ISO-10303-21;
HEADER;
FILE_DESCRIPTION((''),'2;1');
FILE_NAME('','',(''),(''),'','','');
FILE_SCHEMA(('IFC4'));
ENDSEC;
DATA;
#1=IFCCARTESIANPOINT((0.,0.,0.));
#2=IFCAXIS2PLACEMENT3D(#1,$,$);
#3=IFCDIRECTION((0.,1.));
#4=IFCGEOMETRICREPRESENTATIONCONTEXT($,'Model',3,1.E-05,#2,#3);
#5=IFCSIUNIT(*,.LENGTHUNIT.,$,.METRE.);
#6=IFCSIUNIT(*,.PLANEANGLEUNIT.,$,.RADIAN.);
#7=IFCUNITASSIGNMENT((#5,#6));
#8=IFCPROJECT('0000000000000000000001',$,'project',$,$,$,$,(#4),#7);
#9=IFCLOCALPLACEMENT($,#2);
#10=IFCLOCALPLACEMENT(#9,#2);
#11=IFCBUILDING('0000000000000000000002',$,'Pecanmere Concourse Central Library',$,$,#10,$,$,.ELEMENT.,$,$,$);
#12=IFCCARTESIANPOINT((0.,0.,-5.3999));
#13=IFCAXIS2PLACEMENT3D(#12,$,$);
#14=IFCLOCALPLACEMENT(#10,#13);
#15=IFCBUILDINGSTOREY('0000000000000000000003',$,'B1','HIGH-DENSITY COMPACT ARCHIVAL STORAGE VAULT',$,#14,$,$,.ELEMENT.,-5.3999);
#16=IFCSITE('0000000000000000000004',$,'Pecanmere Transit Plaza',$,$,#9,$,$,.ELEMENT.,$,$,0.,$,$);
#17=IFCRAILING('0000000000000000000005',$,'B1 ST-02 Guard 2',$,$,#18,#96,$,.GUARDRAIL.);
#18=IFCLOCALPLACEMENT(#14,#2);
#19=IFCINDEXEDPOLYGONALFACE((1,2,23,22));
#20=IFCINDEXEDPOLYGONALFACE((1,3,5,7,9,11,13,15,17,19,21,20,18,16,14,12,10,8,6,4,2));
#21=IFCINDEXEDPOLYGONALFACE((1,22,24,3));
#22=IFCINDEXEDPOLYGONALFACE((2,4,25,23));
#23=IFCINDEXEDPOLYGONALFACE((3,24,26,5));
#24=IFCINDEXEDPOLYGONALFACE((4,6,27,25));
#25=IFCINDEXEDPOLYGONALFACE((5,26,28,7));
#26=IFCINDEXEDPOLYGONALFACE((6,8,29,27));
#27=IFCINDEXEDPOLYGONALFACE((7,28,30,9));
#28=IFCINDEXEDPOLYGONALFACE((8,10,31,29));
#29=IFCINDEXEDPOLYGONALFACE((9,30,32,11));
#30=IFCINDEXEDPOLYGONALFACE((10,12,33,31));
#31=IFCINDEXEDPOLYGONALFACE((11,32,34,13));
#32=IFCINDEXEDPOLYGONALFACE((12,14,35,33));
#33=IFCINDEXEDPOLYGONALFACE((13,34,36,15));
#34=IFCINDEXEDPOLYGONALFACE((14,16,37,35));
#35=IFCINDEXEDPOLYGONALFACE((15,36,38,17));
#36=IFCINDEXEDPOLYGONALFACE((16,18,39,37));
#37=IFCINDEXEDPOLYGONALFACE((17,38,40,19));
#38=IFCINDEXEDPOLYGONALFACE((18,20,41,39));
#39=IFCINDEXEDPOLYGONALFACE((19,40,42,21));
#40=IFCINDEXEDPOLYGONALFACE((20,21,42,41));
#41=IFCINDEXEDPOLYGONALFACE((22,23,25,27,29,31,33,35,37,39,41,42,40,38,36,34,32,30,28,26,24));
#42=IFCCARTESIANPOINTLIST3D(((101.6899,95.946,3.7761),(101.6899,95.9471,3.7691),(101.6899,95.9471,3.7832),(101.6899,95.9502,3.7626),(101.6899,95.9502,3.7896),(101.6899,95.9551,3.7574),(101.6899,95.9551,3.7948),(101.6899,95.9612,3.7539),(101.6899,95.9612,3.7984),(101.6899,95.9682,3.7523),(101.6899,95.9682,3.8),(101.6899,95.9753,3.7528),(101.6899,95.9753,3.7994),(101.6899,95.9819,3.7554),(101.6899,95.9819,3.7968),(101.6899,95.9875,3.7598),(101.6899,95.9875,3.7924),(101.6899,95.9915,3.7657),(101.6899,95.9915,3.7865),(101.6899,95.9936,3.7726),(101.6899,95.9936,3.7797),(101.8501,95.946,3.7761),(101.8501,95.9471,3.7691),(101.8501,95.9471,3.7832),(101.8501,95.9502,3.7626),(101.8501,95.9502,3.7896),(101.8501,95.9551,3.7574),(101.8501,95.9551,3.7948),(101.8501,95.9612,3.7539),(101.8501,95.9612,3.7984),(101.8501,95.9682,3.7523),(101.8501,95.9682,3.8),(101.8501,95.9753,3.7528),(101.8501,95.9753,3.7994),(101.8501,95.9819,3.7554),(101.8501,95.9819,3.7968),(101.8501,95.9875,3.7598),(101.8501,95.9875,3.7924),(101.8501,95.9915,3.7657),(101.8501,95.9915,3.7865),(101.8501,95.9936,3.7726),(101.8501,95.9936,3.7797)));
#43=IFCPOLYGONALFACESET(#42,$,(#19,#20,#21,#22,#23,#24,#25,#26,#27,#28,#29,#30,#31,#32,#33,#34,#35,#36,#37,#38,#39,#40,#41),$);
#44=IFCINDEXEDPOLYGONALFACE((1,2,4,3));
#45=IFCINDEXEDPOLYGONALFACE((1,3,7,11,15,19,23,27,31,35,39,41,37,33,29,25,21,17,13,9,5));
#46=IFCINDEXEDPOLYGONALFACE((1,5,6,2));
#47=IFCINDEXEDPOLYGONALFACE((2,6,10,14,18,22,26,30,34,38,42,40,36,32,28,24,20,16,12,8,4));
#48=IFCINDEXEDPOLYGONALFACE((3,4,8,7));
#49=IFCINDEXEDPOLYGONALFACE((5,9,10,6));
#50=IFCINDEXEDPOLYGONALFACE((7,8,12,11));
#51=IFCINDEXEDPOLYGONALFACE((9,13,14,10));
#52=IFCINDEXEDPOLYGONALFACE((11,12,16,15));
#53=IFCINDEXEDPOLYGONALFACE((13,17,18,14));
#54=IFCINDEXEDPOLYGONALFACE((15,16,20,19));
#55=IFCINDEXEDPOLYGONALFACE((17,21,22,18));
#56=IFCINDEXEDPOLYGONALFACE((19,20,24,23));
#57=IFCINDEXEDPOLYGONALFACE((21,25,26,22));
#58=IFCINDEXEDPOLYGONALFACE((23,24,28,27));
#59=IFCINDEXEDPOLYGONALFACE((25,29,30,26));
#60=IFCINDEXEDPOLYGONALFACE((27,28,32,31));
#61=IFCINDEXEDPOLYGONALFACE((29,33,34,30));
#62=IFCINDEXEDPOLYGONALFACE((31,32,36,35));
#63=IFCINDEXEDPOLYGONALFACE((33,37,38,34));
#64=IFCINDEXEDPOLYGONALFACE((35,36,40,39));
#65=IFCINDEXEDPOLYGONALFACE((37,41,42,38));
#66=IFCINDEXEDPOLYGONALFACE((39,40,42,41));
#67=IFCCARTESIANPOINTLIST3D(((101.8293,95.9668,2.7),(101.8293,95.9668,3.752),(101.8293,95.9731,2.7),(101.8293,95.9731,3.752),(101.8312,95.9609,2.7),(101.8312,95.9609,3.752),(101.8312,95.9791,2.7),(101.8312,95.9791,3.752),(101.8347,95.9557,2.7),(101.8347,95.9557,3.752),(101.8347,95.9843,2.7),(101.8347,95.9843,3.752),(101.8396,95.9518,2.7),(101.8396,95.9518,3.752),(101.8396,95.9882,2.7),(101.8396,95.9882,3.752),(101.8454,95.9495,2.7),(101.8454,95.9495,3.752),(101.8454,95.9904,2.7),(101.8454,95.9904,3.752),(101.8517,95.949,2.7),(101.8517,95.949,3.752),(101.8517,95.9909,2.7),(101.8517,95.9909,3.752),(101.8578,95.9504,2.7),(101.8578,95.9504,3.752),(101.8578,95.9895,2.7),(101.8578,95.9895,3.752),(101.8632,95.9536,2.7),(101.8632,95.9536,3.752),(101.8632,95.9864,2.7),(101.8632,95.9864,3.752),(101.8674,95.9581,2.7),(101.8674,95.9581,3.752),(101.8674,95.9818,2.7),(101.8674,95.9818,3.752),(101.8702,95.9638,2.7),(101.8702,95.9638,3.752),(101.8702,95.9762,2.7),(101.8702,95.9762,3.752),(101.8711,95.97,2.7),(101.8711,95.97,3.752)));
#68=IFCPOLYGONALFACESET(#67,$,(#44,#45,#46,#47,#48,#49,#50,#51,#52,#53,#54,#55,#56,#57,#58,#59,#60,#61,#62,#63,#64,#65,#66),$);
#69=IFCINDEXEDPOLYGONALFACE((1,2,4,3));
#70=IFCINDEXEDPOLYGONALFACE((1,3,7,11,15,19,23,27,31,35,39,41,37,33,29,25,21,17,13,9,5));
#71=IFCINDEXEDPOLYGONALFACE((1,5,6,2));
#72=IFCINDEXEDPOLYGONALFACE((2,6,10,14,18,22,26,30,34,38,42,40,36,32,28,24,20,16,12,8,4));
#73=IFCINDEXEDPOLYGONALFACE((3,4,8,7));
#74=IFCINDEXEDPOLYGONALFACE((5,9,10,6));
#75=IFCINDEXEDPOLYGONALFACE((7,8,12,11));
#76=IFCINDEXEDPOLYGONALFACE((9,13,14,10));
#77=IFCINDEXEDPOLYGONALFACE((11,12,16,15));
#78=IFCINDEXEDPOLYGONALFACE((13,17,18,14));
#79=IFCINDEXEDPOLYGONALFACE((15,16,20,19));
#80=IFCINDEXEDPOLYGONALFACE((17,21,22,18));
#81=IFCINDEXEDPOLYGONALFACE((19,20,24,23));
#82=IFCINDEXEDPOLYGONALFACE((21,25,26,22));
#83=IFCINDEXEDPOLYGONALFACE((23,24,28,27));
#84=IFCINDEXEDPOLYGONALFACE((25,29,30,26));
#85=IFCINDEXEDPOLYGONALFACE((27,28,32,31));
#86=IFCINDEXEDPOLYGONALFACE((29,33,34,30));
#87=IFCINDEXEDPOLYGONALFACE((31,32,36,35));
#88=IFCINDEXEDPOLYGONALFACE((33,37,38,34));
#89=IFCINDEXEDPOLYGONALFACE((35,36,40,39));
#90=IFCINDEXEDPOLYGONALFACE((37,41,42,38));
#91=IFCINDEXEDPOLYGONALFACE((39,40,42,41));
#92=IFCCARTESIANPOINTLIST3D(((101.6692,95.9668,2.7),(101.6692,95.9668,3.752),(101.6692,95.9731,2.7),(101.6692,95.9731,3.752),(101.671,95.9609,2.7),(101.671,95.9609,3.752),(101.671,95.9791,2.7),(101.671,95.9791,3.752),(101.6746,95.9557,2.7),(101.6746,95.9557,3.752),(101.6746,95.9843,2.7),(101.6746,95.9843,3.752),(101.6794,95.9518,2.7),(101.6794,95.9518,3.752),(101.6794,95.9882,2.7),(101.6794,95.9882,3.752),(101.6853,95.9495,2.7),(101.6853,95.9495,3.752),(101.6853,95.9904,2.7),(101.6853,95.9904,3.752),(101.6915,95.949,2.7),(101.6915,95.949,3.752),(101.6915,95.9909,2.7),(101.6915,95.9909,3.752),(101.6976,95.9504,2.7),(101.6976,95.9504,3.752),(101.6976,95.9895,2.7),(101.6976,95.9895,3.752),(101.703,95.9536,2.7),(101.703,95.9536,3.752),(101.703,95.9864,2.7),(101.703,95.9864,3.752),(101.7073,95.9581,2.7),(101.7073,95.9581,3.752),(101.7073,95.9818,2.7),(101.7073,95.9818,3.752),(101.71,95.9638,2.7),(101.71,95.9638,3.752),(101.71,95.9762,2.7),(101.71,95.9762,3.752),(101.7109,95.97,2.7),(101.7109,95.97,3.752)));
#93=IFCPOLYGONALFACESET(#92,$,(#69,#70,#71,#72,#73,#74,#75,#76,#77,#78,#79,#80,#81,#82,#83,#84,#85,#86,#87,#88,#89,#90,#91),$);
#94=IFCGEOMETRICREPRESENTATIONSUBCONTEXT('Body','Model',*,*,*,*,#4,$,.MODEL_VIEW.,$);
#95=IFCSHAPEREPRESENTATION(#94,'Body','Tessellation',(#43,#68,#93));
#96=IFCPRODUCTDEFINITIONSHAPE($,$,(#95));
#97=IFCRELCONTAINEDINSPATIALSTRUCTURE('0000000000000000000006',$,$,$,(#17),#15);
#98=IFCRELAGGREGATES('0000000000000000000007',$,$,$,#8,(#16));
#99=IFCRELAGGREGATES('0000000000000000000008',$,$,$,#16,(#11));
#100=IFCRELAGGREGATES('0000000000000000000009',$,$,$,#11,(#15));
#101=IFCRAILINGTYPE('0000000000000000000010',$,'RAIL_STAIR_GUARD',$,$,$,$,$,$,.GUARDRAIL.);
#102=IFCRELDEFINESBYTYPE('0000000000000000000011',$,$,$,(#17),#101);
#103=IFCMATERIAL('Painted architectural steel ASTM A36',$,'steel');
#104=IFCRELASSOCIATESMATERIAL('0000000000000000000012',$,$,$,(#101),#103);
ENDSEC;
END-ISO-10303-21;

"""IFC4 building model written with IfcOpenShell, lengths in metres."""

from ifc_helpers import new_model, si_unit, direction, frame, origin, origin_2d, place, context, subcontext, project, spatial, circle, extrude, material, type_object, element, save


model = new_model("IFC4")

# Units and contexts
model_context = context("Model", 3, precision=1e-05, world=origin(), true_north=direction((0.0, 1.0)))
body_context = subcontext(model_context, "Body", "Model", "MODEL_VIEW")
ifc_project = project(units=[si_unit("LENGTHUNIT", "METRE"), si_unit("PLANEANGLEUNIT", "RADIAN")], contexts=[model_context])

# Site, building, storey
site_placement = place(None, origin())
site = spatial("IfcSite", under=ifc_project, at=site_placement, Name="Pecanmere Transit Plaza", CompositionType="ELEMENT", RefElevation=0.0)
building_placement = place(site_placement, origin())
building = spatial("IfcBuilding", under=site, at=building_placement, Name="Pecanmere Concourse Central Library", CompositionType="ELEMENT")
storey_placement = place(building_placement, frame((0.0, 0.0, -5.3999)))
storey = spatial("IfcBuildingStorey", under=building, at=storey_placement, Name="B1", Description="HIGH-DENSITY COMPACT ARCHIVAL STORAGE VAULT", CompositionType="ELEMENT", Elevation=-5.3999)

# Railing
ifc_material_1 = material(Name="Painted architectural steel ASTM A36", Category="steel")
railing_type_1 = type_object("IfcRailingType", Name="RAIL_STAIR_GUARD", PredefinedType="GUARDRAIL", material=ifc_material_1)
railing_1_placement = place(storey_placement, frame((101.8501, 95.97, 2.7)))
element("IfcRailing", 1, at=railing_1_placement, inside=storey, type_object=railing_type_1, Name="B1 ST-02 Guard 2", PredefinedType="GUARDRAIL", context=body_context, shape_type="SweptSolid", body=[
    extrude(circle(Radius=0.0239, at=origin_2d()), frame((0.0, 0.0, 1.0762), z_axis=(-1.0, 0.0, 0.0), x_axis=(0.0, -1.0, 0.0)), (0.0, 0.0, 1.0), 0.1602),
    extrude(circle(Radius=0.021, at=origin_2d()), origin(), (0.0, 0.0, 1.0), 1.052),
    extrude(circle(Radius=0.021, at=origin_2d()), frame((-0.1602, 0.0, 0.0)), (0.0, 0.0, 1.0), 1.052),
])

save(model, "model.ifc")
